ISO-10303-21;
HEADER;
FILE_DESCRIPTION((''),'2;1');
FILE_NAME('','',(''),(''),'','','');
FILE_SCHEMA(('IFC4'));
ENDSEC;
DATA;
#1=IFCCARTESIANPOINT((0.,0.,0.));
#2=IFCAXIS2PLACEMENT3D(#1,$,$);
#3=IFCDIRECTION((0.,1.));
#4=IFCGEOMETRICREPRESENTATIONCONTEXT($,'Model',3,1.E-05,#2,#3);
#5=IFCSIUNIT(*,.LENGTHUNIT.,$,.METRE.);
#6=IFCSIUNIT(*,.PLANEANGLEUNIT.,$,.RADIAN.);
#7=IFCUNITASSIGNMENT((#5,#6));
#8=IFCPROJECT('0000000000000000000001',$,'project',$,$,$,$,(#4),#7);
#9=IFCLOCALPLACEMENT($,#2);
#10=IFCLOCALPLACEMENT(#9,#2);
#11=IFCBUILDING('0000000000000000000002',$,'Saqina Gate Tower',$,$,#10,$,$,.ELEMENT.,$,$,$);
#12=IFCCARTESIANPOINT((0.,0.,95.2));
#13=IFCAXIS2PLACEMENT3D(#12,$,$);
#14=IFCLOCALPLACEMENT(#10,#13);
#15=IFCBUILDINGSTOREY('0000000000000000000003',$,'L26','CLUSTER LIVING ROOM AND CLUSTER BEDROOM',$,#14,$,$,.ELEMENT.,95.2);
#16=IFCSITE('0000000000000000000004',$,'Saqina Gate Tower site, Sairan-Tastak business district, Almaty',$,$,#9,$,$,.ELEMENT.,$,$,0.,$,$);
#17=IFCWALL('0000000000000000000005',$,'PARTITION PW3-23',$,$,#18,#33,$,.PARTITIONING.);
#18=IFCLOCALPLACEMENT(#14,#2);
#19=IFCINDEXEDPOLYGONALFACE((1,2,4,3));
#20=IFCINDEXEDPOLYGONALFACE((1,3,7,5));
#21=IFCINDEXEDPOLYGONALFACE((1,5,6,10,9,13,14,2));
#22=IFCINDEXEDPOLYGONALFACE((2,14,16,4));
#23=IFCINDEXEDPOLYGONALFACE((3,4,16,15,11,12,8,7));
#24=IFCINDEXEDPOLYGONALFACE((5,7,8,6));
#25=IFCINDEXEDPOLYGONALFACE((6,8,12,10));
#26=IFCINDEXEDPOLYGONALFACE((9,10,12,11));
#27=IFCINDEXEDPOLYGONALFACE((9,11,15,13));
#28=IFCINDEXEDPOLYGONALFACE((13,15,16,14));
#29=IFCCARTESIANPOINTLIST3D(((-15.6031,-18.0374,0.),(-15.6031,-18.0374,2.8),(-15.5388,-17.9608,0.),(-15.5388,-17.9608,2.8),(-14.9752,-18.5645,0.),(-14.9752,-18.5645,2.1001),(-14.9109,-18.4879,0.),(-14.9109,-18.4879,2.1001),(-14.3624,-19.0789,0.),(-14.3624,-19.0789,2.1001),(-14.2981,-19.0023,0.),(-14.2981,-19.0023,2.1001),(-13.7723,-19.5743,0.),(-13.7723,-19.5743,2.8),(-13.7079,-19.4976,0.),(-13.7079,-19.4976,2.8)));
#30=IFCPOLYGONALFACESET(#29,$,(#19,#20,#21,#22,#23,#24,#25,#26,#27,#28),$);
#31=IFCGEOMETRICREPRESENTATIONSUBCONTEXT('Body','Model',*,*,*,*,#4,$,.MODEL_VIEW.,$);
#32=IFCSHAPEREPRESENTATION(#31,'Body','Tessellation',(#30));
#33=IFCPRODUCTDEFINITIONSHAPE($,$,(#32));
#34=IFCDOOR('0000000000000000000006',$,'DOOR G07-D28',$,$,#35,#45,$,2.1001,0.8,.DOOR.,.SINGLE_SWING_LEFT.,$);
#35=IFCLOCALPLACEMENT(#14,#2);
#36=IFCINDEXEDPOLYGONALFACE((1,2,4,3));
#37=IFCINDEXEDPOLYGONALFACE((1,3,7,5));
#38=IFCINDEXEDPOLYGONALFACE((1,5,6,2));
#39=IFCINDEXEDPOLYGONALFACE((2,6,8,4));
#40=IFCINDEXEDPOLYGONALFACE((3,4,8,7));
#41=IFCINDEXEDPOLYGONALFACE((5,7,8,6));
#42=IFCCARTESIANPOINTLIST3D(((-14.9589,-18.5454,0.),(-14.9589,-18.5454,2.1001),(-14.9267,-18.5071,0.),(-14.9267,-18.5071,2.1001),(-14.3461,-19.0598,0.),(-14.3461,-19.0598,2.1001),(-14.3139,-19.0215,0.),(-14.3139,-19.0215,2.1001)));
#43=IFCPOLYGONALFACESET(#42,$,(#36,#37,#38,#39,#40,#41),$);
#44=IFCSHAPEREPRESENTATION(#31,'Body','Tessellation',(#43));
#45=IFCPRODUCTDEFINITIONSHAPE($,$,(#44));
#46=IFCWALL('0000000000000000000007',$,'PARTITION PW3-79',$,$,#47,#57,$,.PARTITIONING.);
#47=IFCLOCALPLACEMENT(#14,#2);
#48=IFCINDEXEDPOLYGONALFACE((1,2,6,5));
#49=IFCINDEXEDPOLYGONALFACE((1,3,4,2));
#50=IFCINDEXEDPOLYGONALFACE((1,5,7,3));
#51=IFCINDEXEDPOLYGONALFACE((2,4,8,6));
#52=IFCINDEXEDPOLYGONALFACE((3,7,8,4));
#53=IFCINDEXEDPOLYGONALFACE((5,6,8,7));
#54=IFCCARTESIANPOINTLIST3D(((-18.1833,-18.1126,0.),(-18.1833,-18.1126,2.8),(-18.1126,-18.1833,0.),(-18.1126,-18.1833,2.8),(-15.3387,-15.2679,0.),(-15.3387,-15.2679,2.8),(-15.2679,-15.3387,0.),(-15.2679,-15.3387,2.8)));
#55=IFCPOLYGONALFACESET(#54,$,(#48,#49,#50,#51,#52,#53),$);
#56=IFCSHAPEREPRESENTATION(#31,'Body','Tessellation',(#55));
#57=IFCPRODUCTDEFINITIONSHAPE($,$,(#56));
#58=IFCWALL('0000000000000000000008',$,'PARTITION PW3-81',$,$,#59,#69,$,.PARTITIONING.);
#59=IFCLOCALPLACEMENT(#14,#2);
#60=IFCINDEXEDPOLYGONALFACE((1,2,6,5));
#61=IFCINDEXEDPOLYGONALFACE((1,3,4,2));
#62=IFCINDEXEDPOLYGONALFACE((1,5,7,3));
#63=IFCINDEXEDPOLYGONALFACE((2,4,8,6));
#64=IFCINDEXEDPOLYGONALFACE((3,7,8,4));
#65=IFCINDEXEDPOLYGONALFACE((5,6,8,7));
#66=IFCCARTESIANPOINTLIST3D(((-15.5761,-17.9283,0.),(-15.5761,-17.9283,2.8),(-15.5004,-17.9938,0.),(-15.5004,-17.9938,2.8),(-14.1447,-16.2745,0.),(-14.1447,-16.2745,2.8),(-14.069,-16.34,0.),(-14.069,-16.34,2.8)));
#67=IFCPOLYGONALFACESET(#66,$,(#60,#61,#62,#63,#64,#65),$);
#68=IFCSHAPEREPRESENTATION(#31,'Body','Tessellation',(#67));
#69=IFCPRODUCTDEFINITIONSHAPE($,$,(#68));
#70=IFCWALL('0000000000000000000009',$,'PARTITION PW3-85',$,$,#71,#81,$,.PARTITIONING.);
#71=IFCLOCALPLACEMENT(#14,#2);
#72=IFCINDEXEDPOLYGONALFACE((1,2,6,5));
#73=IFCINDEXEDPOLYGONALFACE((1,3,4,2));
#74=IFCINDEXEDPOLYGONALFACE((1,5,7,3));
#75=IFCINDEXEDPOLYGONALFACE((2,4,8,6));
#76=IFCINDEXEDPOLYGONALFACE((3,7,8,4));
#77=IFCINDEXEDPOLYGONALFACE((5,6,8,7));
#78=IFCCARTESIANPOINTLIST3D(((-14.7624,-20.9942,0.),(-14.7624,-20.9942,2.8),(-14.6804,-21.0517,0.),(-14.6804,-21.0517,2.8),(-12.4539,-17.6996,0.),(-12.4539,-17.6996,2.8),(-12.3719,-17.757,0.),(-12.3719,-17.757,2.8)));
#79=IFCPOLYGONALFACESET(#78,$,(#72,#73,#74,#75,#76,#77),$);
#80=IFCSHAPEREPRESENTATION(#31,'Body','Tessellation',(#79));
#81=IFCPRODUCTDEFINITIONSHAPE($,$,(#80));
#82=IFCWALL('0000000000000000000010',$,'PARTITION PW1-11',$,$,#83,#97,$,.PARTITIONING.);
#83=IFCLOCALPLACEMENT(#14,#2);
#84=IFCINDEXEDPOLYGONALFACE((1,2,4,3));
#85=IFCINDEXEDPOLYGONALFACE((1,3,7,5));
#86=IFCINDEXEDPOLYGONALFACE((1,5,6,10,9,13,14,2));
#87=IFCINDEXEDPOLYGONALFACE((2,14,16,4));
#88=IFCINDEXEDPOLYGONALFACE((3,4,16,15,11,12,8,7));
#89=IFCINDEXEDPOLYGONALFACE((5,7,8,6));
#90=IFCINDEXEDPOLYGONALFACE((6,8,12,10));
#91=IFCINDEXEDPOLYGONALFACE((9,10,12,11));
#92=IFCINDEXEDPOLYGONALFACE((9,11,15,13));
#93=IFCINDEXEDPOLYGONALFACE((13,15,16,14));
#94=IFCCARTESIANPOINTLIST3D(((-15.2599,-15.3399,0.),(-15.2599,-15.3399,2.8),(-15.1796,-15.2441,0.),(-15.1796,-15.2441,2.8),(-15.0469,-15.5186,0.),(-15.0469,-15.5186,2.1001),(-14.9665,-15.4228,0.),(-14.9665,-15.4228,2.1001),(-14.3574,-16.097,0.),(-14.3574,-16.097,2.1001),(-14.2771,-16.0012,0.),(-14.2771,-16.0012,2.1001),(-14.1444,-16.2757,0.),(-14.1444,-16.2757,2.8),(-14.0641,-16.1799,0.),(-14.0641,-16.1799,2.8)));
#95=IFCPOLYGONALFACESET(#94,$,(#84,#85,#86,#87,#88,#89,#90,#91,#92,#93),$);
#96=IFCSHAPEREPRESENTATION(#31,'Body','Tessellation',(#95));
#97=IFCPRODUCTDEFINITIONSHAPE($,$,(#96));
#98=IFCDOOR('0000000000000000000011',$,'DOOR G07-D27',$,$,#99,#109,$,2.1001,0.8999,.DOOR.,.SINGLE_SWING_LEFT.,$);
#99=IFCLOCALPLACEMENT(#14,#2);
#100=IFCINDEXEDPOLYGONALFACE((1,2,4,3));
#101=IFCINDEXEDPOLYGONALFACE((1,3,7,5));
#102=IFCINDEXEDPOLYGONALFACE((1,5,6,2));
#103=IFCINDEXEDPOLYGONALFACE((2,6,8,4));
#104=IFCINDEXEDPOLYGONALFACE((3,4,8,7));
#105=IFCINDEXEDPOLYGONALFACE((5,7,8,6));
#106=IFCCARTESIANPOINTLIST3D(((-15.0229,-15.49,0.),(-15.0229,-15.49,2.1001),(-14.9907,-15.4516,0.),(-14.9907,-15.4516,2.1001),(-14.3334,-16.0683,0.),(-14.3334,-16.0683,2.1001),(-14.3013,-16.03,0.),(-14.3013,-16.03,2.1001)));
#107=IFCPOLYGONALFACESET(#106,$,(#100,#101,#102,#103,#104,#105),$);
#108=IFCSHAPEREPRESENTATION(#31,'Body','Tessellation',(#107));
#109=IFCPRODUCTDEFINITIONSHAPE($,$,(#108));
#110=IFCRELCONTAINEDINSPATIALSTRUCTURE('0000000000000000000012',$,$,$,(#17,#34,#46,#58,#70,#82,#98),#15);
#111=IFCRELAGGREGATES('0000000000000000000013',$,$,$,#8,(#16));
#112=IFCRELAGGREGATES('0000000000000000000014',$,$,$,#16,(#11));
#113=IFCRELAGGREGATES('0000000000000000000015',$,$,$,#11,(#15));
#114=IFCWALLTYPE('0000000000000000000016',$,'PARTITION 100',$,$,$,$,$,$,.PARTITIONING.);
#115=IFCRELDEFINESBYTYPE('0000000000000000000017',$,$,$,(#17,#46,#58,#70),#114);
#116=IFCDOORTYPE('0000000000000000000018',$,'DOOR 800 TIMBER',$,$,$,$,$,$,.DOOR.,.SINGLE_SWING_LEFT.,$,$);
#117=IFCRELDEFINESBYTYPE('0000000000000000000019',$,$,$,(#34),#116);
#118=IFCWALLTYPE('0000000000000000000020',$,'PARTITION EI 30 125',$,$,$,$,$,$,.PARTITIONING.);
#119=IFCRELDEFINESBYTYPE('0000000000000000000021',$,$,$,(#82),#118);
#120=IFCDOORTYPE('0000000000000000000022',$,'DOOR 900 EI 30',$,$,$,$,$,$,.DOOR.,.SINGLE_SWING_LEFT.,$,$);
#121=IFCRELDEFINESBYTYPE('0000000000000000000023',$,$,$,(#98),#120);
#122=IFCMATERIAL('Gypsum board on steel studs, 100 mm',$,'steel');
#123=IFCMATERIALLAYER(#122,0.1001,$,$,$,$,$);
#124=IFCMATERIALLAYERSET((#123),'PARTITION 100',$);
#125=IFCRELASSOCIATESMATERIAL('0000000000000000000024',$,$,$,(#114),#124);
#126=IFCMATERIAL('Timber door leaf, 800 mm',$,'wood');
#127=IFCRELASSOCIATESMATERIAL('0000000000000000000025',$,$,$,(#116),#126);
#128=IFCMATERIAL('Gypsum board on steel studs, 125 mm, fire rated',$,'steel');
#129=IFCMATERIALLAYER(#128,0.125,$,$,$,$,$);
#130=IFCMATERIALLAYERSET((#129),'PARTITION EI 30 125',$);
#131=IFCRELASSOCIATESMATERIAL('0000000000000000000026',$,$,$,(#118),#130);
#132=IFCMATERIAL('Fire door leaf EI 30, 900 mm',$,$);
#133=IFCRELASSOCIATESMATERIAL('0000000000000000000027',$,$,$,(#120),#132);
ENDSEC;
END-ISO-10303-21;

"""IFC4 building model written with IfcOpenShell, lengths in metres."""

from ifc_helpers import new_model, si_unit, direction, frame, frame_2d, origin, place, context, subcontext, project, spatial, rectangle, extrude, material, layer, layer_set, type_object, element, fill, save


model = new_model("IFC4")

# Units and contexts
model_context = context("Model", 3, precision=1e-05, world=origin(), true_north=direction((0.0, 1.0)))
body_context = subcontext(model_context, "Body", "Model", "MODEL_VIEW")
ifc_project = project(units=[si_unit("LENGTHUNIT", "METRE"), si_unit("PLANEANGLEUNIT", "RADIAN")], contexts=[model_context])

# Site, building, storey
site_placement = place(None, origin())
site = spatial("IfcSite", under=ifc_project, at=site_placement, Name="Saqina Gate Tower site, Sairan-Tastak business district, Almaty", CompositionType="ELEMENT", RefElevation=0.0)
building_placement = place(site_placement, origin())
building = spatial("IfcBuilding", under=site, at=building_placement, Name="Saqina Gate Tower", CompositionType="ELEMENT")
storey_placement = place(building_placement, frame((0.0, 0.0, 95.2)))
storey = spatial("IfcBuildingStorey", under=building, at=storey_placement, Name="L26", Description="CLUSTER LIVING ROOM AND CLUSTER BEDROOM", CompositionType="ELEMENT", Elevation=95.2)

# Wall, opening, door
ifc_material_1 = material(Name="Gypsum board on steel studs, 100 mm", Category="steel")
ifc_layer_1 = layer(ifc_material_1, 0.1001)
ifc_layer_set_1 = layer_set([ifc_layer_1], Name="PARTITION 100")
wall_type_1 = type_object("IfcWallType", Name="PARTITION 100", PredefinedType="PARTITIONING", material=ifc_layer_set_1)
ifc_material_2 = material(Name="Timber door leaf, 800 mm", Category="wood")
door_type_1 = type_object("IfcDoorType", Name="DOOR 800 TIMBER", OperationType="SINGLE_SWING_LEFT", PredefinedType="DOOR", material=ifc_material_2)
wall_1_placement = place(storey_placement, frame((-15.571, -17.999, 0.0), z_axis=(0.0, 0.0, 1.0), x_axis=(0.765914, -0.642943, 0.0)))
wall_1 = element("IfcWall", 1, at=wall_1_placement, inside=storey, type_object=wall_type_1, Name="PARTITION PW3-23", PredefinedType="PARTITIONING", context=body_context, shape_type="SweptSolid", body=[
    extrude(rectangle(XDim=2.3904, YDim=0.1001, at=frame_2d((1.1953, 0.0))), origin(), (0.0, 0.0, 1.0), 2.8),
])
opening_1_placement = place(wall_1_placement, frame((0.8201, 0.0, 0.0)))
opening_1 = element("IfcOpeningElement", 2, at=opening_1_placement, cuts=wall_1, PredefinedType="OPENING", context=body_context, shape_type="SweptSolid", body=[
    extrude(rectangle(XDim=0.8, YDim=2.1001, at=frame_2d((0.3999, 1.05))), frame((0.0, 0.062, 0.0), z_axis=(0.0, -1.0, 0.0), x_axis=(1.0, 0.0, 0.0)), (0.0, 0.0, 1.0), 0.124),
])
door_1_placement = place(opening_1_placement, frame((0.8, 0.0, 0.0), z_axis=(0.0, 0.0, 1.0), x_axis=(-1.0, 0.0, 0.0)))
door_1 = element("IfcDoor", 3, at=door_1_placement, inside=storey, type_object=door_type_1, Name="DOOR G07-D28", OperationType="SINGLE_SWING_LEFT", OverallHeight=2.1001, OverallWidth=0.8, PredefinedType="DOOR", context=body_context, shape_type="SweptSolid", body=[
    extrude(rectangle(XDim=0.8, YDim=2.1001, at=frame_2d((0.3999, 1.05))), frame((0.0, 0.0249, 0.0), z_axis=(0.0, -1.0, 0.0), x_axis=(1.0, 0.0, 0.0)), (0.0, 0.0, 1.0), 0.05),
])
fill(opening_1, door_1)

# Walls
wall_2_placement = place(storey_placement, frame((-18.1479, -18.1479, 0.0), z_axis=(0.0, 0.0, 1.0), x_axis=(0.707107, 0.707107, 0.0)))
element("IfcWall", 4, at=wall_2_placement, inside=storey, type_object=wall_type_1, Name="PARTITION PW3-79", PredefinedType="PARTITIONING", context=body_context, shape_type="SweptSolid", body=[
    extrude(rectangle(XDim=4.0229, YDim=0.1001, at=frame_2d((2.0115, 0.0))), origin(), (0.0, 0.0, 1.0), 2.8),
])
wall_3_placement = place(storey_placement, frame((-15.5383, -17.9612, 0.0), z_axis=(0.0, 0.0, 1.0), x_axis=(0.654433, 0.75612, 0.0)))
element("IfcWall", 5, at=wall_3_placement, inside=storey, type_object=wall_type_1, Name="PARTITION PW3-81", PredefinedType="PARTITIONING", context=body_context, shape_type="SweptSolid", body=[
    extrude(rectangle(XDim=2.1873, YDim=0.1001, at=frame_2d((1.0938, 0.0))), origin(), (0.0, 0.0, 1.0), 2.8),
])
wall_4_placement = place(storey_placement, frame((-14.7214, -21.0229, 0.0), z_axis=(0.0, 0.0, 1.0), x_axis=(0.573849, 0.818961, 0.0)))
element("IfcWall", 6, at=wall_4_placement, inside=storey, type_object=wall_type_1, Name="PARTITION PW3-85", PredefinedType="PARTITIONING", context=body_context, shape_type="SweptSolid", body=[
    extrude(rectangle(XDim=4.0229, YDim=0.1001, at=frame_2d((2.0115, 0.0))), origin(), (0.0, 0.0, 1.0), 2.8),
])

# Wall, opening, door
ifc_material_3 = material(Name="Gypsum board on steel studs, 125 mm, fire rated", Category="steel")
ifc_layer_2 = layer(ifc_material_3, 0.125)
ifc_layer_set_2 = layer_set([ifc_layer_2], Name="PARTITION EI 30 125")
wall_type_2 = type_object("IfcWallType", Name="PARTITION EI 30 125", PredefinedType="PARTITIONING", material=ifc_layer_set_2)
wall_5_placement = place(storey_placement, frame((-15.2197, -15.292, 0.0), z_axis=(0.0, 0.0, 1.0), x_axis=(0.766114, -0.642704, 0.0)))
wall_5 = element("IfcWall", 7, at=wall_5_placement, inside=storey, type_object=wall_type_2, Name="PARTITION PW1-11", PredefinedType="PARTITIONING", context=body_context, shape_type="SweptSolid", body=[
    extrude(rectangle(XDim=1.4561, YDim=0.125, at=frame_2d((0.728, 0.0))), origin(), (0.0, 0.0, 1.0), 2.8),
])
opening_2_placement = place(wall_5_placement, frame((0.2781, 0.0, 0.0)))
opening_2 = element("IfcOpeningElement", 8, at=opening_2_placement, cuts=wall_5, PredefinedType="OPENING", context=body_context, shape_type="SweptSolid", body=[
    extrude(rectangle(XDim=0.8999, YDim=2.1001, at=frame_2d((0.45, 1.05))), frame((0.0, 0.0745, 0.0), z_axis=(0.0, -1.0, 0.0), x_axis=(1.0, 0.0, 0.0)), (0.0, 0.0, 1.0), 0.1489),
])
ifc_material_4 = material(Name="Fire door leaf EI 30, 900 mm")
door_type_2 = type_object("IfcDoorType", Name="DOOR 900 EI 30", OperationType="SINGLE_SWING_LEFT", PredefinedType="DOOR", material=ifc_material_4)
door_2_placement = place(opening_2_placement, origin())
door_2 = element("IfcDoor", 9, at=door_2_placement, inside=storey, type_object=door_type_2, Name="DOOR G07-D27", OperationType="SINGLE_SWING_LEFT", OverallHeight=2.1001, OverallWidth=0.8999, PredefinedType="DOOR", context=body_context, shape_type="SweptSolid", body=[
    extrude(rectangle(XDim=0.8999, YDim=2.1001, at=frame_2d((0.45, 1.05))), frame((0.0, 0.0249, 0.0), z_axis=(0.0, -1.0, 0.0), x_axis=(1.0, 0.0, 0.0)), (0.0, 0.0, 1.0), 0.05),
])
fill(opening_2, door_2)

save(model, "model.ifc")
